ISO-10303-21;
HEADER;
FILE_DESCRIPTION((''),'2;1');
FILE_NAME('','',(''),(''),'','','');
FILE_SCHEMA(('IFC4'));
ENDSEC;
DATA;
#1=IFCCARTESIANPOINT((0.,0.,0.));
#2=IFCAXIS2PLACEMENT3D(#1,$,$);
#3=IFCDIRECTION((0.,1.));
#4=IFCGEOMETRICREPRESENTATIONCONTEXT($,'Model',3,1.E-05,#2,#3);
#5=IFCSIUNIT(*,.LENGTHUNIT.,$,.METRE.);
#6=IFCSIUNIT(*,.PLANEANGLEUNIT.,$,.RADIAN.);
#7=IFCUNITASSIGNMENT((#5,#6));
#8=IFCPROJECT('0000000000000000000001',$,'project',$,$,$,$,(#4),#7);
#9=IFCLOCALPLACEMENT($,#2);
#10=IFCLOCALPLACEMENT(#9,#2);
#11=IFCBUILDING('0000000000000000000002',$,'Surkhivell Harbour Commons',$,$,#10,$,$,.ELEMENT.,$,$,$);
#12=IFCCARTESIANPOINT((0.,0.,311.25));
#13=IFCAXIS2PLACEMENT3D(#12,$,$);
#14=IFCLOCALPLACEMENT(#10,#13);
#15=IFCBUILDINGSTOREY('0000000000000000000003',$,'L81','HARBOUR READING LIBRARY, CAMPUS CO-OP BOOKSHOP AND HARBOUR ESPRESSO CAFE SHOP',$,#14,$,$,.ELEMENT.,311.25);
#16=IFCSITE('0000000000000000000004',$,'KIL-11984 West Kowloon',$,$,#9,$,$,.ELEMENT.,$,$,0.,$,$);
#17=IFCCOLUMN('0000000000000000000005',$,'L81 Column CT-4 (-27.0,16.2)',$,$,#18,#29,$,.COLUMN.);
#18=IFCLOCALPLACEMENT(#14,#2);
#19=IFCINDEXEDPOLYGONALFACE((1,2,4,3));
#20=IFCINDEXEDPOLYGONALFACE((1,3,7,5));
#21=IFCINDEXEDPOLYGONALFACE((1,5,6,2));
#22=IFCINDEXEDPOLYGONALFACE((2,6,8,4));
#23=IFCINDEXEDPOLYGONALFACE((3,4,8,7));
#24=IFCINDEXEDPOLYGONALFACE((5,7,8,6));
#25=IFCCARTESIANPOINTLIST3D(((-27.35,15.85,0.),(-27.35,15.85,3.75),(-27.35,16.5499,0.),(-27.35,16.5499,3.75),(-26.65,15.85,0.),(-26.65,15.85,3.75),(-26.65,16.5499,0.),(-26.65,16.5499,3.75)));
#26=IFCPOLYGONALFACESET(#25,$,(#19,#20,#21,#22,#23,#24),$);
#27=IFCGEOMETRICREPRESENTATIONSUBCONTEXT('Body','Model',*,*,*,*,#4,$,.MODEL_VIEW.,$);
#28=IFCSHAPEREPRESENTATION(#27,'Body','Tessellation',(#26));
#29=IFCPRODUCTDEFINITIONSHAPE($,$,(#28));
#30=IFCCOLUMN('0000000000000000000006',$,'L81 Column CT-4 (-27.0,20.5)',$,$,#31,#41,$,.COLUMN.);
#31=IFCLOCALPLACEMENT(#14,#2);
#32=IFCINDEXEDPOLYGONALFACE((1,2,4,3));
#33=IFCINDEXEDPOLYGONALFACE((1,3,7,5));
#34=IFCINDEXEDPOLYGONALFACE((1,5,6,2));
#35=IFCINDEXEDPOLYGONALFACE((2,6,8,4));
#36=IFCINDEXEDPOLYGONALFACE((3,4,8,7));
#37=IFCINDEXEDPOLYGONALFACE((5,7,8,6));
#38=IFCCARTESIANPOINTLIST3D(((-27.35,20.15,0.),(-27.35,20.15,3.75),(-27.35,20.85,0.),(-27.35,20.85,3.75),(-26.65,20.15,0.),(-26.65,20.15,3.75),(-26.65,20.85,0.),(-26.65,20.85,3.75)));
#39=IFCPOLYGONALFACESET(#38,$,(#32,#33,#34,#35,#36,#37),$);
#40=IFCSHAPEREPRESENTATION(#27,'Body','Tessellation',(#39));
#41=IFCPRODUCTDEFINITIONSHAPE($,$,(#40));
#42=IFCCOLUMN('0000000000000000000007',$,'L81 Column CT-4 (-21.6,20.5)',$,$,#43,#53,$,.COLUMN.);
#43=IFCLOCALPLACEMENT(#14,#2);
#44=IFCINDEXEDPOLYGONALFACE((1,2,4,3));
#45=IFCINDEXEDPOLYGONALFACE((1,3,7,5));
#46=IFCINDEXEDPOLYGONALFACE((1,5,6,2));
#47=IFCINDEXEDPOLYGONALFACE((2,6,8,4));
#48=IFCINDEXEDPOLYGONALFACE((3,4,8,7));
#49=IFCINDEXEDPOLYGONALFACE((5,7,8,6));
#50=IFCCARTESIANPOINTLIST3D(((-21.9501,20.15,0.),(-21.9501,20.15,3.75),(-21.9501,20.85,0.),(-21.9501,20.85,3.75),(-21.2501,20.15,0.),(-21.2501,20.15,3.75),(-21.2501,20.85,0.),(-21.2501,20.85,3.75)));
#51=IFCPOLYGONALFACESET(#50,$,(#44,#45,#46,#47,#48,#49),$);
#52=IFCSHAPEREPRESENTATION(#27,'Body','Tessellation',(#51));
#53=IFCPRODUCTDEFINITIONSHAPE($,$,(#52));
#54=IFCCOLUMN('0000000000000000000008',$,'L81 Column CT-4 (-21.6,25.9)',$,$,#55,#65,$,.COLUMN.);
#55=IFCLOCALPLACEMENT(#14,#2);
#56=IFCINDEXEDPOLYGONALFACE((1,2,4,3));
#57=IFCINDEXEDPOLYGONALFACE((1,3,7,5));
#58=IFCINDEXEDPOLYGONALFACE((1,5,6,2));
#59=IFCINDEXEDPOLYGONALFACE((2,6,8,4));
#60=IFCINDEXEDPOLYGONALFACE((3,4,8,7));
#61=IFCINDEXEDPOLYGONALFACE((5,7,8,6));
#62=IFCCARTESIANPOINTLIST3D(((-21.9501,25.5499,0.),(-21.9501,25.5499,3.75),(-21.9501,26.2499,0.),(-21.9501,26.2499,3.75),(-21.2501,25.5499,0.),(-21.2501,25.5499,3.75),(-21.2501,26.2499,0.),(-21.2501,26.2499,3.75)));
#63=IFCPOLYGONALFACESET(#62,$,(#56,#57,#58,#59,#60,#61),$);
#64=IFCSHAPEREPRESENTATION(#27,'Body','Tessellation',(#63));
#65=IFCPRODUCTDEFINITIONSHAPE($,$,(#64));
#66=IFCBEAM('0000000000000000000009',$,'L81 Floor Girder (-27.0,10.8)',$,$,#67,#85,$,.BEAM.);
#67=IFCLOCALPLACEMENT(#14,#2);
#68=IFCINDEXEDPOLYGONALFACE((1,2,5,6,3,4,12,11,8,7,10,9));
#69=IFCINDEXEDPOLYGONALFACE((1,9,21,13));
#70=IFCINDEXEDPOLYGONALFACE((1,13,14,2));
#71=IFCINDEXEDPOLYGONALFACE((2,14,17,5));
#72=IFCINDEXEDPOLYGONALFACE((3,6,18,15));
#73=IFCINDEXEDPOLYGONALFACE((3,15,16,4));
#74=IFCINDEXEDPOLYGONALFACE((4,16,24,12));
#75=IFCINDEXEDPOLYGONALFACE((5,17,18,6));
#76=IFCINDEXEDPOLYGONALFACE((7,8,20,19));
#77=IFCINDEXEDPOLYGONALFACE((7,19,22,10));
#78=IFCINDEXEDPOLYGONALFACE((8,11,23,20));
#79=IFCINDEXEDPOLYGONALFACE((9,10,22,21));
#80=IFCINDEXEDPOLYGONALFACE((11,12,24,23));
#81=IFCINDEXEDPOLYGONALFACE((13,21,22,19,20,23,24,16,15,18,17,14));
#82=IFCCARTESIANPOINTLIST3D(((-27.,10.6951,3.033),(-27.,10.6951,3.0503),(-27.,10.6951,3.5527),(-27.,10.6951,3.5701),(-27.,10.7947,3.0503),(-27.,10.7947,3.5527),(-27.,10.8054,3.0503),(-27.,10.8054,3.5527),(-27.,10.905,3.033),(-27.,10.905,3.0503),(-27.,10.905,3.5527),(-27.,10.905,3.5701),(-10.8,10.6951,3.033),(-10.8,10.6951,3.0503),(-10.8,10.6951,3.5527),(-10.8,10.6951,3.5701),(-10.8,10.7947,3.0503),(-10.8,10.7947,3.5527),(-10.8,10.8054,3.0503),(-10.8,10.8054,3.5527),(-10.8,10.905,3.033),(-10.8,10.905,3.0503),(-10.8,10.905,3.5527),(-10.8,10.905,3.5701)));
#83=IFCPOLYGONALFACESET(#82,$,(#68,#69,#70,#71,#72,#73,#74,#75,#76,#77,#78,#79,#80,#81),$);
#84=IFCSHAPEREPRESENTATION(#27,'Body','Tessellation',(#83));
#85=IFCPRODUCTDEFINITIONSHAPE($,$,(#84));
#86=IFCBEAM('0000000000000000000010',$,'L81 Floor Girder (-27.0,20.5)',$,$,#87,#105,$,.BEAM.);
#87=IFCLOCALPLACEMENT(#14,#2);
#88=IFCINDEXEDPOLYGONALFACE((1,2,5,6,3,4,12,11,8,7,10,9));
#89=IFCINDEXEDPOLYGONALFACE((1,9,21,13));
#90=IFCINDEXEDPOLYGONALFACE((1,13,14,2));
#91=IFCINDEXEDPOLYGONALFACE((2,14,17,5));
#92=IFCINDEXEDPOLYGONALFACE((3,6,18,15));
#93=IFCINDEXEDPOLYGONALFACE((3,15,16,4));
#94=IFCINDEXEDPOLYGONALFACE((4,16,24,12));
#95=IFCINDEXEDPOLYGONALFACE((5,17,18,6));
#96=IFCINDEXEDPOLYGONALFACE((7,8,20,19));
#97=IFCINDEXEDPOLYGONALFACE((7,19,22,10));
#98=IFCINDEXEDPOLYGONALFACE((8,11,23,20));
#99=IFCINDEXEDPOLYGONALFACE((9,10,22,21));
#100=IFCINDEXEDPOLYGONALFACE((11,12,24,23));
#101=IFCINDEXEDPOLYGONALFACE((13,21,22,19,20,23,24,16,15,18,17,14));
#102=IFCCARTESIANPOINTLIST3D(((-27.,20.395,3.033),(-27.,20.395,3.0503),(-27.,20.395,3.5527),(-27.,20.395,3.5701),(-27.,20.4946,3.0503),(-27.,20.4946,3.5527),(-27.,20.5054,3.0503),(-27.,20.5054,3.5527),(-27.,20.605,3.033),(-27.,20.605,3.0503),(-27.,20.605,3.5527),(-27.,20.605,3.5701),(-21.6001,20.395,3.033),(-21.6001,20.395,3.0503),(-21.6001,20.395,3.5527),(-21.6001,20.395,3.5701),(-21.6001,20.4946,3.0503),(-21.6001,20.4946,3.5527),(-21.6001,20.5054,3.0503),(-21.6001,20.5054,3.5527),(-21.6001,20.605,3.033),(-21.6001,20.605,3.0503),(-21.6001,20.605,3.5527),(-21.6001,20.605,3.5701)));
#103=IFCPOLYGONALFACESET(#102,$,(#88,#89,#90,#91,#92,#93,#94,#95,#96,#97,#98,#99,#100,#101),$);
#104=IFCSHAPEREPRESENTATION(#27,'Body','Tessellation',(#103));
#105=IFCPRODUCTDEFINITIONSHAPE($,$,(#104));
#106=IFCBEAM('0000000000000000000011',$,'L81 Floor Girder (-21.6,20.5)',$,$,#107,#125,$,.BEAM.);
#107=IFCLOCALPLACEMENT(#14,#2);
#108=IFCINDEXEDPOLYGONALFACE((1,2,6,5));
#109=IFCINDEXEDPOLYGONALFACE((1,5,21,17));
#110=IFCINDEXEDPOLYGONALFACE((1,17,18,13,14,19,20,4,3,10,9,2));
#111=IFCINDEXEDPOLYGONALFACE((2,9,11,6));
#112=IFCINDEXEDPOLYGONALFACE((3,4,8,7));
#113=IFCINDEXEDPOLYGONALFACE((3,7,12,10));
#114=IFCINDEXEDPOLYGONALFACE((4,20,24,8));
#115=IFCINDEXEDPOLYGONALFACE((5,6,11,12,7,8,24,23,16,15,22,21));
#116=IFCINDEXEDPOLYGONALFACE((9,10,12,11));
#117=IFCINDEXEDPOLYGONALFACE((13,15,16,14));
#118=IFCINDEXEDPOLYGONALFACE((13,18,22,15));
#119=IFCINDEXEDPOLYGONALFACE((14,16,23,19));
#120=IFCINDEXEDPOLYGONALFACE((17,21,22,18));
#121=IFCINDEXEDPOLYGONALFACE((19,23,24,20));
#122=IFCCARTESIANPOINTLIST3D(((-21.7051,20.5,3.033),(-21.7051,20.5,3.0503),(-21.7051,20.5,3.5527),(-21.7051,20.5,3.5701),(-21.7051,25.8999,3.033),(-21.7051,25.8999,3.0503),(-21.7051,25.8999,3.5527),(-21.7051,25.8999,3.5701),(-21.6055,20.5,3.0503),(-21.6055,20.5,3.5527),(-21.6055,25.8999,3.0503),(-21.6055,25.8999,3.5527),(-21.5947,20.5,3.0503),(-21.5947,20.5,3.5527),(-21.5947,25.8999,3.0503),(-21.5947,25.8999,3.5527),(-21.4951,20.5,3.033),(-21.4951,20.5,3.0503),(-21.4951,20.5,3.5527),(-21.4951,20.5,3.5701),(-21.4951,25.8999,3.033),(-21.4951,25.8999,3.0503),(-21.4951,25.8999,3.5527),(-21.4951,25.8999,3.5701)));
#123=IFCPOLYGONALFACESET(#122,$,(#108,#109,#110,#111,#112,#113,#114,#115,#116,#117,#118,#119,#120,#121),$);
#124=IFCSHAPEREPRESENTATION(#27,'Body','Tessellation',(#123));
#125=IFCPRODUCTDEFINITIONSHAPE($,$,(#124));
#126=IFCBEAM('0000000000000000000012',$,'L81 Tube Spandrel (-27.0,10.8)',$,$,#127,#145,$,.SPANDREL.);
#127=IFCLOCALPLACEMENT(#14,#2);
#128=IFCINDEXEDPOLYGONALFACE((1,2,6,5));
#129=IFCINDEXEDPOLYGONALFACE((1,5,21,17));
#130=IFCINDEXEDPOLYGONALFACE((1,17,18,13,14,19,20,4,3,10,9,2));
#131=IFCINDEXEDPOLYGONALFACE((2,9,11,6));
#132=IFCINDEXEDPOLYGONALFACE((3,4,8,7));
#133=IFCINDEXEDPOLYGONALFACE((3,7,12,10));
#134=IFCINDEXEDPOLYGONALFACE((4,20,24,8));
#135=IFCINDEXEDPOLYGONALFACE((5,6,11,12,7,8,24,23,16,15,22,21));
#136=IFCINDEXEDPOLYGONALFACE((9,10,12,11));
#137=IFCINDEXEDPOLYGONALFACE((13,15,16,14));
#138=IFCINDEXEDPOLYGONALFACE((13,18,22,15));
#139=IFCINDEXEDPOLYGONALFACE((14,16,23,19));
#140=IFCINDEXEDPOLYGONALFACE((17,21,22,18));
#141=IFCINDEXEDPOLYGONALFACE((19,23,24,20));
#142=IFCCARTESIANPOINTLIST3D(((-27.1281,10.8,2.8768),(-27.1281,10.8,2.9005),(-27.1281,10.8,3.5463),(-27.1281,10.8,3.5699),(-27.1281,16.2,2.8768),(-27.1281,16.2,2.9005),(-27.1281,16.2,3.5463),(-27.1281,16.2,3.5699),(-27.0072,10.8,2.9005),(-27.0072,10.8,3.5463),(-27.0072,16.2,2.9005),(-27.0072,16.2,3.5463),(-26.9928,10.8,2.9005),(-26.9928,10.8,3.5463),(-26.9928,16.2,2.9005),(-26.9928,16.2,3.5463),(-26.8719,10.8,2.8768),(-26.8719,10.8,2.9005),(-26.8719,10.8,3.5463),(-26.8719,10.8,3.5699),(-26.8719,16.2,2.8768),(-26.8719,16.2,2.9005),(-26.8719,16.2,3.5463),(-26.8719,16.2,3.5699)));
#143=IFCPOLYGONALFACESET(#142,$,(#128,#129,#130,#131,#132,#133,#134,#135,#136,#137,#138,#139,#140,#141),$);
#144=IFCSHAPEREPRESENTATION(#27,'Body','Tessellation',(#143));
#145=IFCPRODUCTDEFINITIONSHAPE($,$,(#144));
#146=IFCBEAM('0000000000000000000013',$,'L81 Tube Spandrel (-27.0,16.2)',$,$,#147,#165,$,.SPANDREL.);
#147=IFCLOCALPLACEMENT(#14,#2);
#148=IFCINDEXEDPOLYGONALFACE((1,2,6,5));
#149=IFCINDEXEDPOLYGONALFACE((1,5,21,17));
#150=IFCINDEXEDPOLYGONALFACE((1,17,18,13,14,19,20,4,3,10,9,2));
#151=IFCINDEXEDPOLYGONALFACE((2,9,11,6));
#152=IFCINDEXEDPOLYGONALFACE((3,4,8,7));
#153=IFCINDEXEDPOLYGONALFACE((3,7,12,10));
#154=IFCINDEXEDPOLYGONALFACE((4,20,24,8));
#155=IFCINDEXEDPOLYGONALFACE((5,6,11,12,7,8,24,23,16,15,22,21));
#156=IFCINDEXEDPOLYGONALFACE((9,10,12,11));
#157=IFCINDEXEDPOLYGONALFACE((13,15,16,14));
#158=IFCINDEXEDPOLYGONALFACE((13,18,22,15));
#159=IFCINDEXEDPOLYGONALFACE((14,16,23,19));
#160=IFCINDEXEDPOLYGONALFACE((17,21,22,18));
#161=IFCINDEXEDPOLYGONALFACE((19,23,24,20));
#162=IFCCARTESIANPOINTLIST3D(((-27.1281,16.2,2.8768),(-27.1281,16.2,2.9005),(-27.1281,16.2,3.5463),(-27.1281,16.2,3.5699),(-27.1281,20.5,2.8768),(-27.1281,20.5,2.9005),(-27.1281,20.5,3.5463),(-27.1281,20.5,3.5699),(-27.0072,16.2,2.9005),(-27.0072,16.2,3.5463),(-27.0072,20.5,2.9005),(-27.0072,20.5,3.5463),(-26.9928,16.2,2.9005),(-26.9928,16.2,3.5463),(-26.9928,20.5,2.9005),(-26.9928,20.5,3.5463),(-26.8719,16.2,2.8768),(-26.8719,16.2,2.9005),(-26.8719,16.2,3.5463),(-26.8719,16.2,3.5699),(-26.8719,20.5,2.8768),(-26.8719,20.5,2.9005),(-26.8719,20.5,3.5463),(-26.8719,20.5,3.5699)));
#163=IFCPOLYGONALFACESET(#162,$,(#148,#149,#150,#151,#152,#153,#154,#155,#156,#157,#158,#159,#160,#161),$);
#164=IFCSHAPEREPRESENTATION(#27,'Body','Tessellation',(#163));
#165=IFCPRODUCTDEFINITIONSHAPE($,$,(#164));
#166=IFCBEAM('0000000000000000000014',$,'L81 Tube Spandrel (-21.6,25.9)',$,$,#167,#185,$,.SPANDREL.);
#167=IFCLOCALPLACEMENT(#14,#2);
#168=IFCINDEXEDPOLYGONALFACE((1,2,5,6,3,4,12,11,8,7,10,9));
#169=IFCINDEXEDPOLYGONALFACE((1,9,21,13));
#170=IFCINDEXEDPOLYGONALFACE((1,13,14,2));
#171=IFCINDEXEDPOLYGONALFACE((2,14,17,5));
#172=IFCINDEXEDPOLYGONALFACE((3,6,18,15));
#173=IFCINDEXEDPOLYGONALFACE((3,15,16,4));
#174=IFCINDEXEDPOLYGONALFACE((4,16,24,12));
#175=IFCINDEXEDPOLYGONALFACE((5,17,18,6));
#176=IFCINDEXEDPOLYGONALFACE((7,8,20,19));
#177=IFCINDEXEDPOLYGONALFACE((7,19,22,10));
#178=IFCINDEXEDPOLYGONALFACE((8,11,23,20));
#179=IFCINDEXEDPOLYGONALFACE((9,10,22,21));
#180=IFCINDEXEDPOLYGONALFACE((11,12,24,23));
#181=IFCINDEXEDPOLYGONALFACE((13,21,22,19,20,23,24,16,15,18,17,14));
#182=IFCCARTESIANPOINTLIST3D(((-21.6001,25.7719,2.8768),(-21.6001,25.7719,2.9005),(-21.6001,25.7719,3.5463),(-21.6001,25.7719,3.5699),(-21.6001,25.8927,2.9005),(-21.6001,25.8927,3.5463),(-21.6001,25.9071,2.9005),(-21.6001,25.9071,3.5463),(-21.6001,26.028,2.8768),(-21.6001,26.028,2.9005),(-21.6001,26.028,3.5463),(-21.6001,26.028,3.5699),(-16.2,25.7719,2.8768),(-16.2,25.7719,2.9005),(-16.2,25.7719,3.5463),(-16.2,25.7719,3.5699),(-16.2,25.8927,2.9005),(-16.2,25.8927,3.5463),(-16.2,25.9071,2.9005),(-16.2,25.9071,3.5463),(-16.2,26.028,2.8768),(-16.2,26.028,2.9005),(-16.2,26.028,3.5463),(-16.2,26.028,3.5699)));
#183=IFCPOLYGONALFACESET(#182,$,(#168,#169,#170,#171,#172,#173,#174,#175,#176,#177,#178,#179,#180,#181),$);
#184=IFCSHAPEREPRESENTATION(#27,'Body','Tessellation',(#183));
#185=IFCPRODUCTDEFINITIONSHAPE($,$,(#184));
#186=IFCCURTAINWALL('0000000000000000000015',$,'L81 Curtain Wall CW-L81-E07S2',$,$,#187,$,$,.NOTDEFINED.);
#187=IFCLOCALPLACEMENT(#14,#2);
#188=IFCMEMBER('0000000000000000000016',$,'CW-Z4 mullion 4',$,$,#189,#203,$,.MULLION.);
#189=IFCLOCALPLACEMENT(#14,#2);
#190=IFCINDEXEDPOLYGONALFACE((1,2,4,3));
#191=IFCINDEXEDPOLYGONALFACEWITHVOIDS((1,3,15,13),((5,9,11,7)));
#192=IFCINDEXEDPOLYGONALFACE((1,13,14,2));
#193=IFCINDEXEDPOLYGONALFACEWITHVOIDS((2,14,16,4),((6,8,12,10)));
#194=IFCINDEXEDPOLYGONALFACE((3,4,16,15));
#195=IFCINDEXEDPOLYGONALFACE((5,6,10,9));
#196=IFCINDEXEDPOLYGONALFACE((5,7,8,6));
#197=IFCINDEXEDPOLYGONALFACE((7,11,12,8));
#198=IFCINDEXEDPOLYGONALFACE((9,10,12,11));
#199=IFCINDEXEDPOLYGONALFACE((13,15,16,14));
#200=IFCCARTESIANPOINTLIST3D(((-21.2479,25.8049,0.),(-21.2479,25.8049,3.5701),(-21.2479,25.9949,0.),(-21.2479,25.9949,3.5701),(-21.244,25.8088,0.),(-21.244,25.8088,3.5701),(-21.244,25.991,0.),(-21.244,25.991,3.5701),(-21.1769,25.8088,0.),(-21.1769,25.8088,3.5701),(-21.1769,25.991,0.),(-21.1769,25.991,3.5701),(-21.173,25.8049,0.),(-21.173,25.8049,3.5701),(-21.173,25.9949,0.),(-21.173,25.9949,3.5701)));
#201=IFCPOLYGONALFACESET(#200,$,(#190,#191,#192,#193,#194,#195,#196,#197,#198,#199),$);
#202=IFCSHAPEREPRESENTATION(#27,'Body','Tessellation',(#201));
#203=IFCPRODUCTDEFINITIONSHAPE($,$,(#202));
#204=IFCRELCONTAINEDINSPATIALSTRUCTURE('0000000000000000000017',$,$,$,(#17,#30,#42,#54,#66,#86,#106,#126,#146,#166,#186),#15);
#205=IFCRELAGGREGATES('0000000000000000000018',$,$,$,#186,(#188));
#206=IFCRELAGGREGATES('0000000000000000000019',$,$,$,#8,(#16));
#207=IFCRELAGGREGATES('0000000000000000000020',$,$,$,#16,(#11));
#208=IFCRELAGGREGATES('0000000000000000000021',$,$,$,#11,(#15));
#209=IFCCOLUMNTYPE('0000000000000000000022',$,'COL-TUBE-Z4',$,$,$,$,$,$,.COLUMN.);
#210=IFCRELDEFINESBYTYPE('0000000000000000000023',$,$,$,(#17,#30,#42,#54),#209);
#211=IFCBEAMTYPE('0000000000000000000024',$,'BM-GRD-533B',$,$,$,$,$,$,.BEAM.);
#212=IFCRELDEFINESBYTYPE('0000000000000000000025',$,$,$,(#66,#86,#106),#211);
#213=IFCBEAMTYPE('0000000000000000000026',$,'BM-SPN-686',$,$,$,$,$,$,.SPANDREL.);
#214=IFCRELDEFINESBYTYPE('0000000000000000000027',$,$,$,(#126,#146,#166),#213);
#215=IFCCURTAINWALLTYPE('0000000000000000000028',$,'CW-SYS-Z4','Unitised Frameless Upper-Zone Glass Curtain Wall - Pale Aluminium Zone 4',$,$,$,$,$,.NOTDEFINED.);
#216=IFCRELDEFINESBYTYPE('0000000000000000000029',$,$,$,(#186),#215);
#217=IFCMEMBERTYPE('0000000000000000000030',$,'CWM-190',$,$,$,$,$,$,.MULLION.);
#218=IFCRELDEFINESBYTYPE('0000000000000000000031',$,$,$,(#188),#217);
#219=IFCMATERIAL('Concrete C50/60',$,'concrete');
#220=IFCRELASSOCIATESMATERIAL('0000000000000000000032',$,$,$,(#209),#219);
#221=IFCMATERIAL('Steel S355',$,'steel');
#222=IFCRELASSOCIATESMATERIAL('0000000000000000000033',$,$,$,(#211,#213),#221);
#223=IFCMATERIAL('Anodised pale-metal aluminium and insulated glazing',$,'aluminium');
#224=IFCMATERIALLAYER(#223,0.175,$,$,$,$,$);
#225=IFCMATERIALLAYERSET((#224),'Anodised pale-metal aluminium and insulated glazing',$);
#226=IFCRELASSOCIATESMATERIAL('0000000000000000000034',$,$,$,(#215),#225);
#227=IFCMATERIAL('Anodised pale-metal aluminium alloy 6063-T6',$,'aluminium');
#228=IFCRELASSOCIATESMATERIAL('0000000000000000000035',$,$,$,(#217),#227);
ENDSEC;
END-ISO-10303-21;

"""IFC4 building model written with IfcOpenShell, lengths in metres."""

from ifc_helpers import new_model, si_unit, direction, frame, origin, origin_2d, place, context, subcontext, project, spatial, rectangle, hollow_rectangle, i_section, extrude, material, layer, layer_set, material_profile, profile_set, type_object, element, aggregate, save


model = new_model("IFC4")

# Units and contexts
model_context = context("Model", 3, precision=1e-05, world=origin(), true_north=direction((0.0, 1.0)))
body_context = subcontext(model_context, "Body", "Model", "MODEL_VIEW")
ifc_project = project(units=[si_unit("LENGTHUNIT", "METRE"), si_unit("PLANEANGLEUNIT", "RADIAN")], contexts=[model_context])

# Site, building, storey
site_placement = place(None, origin())
site = spatial("IfcSite", under=ifc_project, at=site_placement, Name="KIL-11984 West Kowloon", CompositionType="ELEMENT", RefElevation=0.0)
building_placement = place(site_placement, origin())
building = spatial("IfcBuilding", under=site, at=building_placement, Name="Surkhivell Harbour Commons", CompositionType="ELEMENT")
storey_placement = place(building_placement, frame((0.0, 0.0, 311.25)))
storey = spatial("IfcBuildingStorey", under=building, at=storey_placement, Name="L81", Description="HARBOUR READING LIBRARY, CAMPUS CO-OP BOOKSHOP AND HARBOUR ESPRESSO CAFE SHOP", CompositionType="ELEMENT", Elevation=311.25)

# Columns
ifc_material_1 = material(Name="Concrete C50/60", Category="concrete")
ifc_material_profile_1 = material_profile(ifc_material_1, rectangle(XDim=0.7, YDim=0.7, at=origin_2d()), Name="RC-COL-700x700")
ifc_profile_set_1 = profile_set([ifc_material_profile_1], Name="Concrete C50/60")
column_type = type_object("IfcColumnType", Name="COL-TUBE-Z4", PredefinedType="COLUMN", material=ifc_profile_set_1)
for number, where, z_axis, x_axis, name in (
    (1, (-27.0, 16.2, 0.0), (0.0, 0.0, 1.0), (1.0, 0.0, 0.0), "L81 Column CT-4 (-27.0,16.2)"),
    (2, (-27.0, 20.5, 0.0), (0.0, 0.0, 1.0), (1.0, 0.0, 0.0), "L81 Column CT-4 (-27.0,20.5)"),
    (3, (-21.6001, 20.5, 0.0), (0.0, 0.0, 1.0), (1.0, 0.0, 0.0), "L81 Column CT-4 (-21.6,20.5)"),
    (4, (-21.6001, 25.8999, 0.0), (0.0, 0.0, 1.0), (1.0, 0.0, 0.0), "L81 Column CT-4 (-21.6,25.9)"),
):
    element("IfcColumn", number, at=place(storey_placement, frame(where, z_axis=z_axis, x_axis=x_axis)), inside=storey, type_object=column_type, Name=name, PredefinedType="COLUMN", context=body_context, shape_type="SweptSolid", body=[
        extrude(rectangle(XDim=0.7, YDim=0.7, at=origin_2d()), origin(), (0.0, 0.0, 1.0), 3.75),
    ])

# Beams
ifc_material_2 = material(Name="Steel S355", Category="steel")
ifc_material_profile_2 = material_profile(ifc_material_2, i_section(OverallWidth=0.21, OverallDepth=0.5371, WebThickness=0.0107, FlangeThickness=0.0173, at=origin_2d()), Name="UB533x210x101")
ifc_profile_set_2 = profile_set([ifc_material_profile_2], Name="Steel S355")
beam_type_1 = type_object("IfcBeamType", Name="BM-GRD-533B", PredefinedType="BEAM", material=ifc_profile_set_2)
beam_1_placement = place(storey_placement, frame((-27.0, 10.8, 3.3015), z_axis=(1.0, 0.0, 0.0), x_axis=(0.0, 1.0, 0.0)))
element("IfcBeam", 5, at=beam_1_placement, inside=storey, type_object=beam_type_1, Name="L81 Floor Girder (-27.0,10.8)", PredefinedType="BEAM", context=body_context, shape_type="SweptSolid", body=[
    extrude(i_section(OverallWidth=0.21, OverallDepth=0.5371, WebThickness=0.0107, FlangeThickness=0.0173, at=origin_2d()), origin(), (0.0, 0.0, 1.0), 16.2),
])
for number, where, z_axis, x_axis, name in (
    (6, (-27.0, 20.5, 3.3015), (1.0, 0.0, 0.0), (0.0, 1.0, 0.0), "L81 Floor Girder (-27.0,20.5)"),
    (7, (-21.6001, 20.5, 3.3015), (0.0, 1.0, 0.0), (-1.0, 0.0, 0.0), "L81 Floor Girder (-21.6,20.5)"),
):
    element("IfcBeam", number, at=place(storey_placement, frame(where, z_axis=z_axis, x_axis=x_axis)), inside=storey, type_object=beam_type_1, Name=name, PredefinedType="BEAM", context=body_context, shape_type="SweptSolid", body=[
        extrude(i_section(OverallWidth=0.21, OverallDepth=0.5371, WebThickness=0.0107, FlangeThickness=0.0173, at=origin_2d()), origin(), (0.0, 0.0, 1.0), 5.3999),
    ])
ifc_material_profile_3 = material_profile(ifc_material_2, i_section(OverallWidth=0.2561, OverallDepth=0.6931, WebThickness=0.0144, FlangeThickness=0.0237, at=origin_2d()), Name="UB686x254x170")
ifc_profile_set_3 = profile_set([ifc_material_profile_3], Name="Steel S355")
beam_type_2 = type_object("IfcBeamType", Name="BM-SPN-686", PredefinedType="SPANDREL", material=ifc_profile_set_3)
beam_2_placement = place(storey_placement, frame((-27.0, 10.8, 3.2234), z_axis=(0.0, 1.0, 0.0), x_axis=(-1.0, 0.0, 0.0)))
element("IfcBeam", 8, at=beam_2_placement, inside=storey, type_object=beam_type_2, Name="L81 Tube Spandrel (-27.0,10.8)", PredefinedType="SPANDREL", context=body_context, shape_type="SweptSolid", body=[
    extrude(i_section(OverallWidth=0.2561, OverallDepth=0.6931, WebThickness=0.0144, FlangeThickness=0.0237, at=origin_2d()), origin(), (0.0, 0.0, 1.0), 5.3999),
])
beam_3_placement = place(storey_placement, frame((-27.0, 16.2, 3.2234), z_axis=(0.0, 1.0, 0.0), x_axis=(-1.0, 0.0, 0.0)))
element("IfcBeam", 9, at=beam_3_placement, inside=storey, type_object=beam_type_2, Name="L81 Tube Spandrel (-27.0,16.2)", PredefinedType="SPANDREL", context=body_context, shape_type="SweptSolid", body=[
    extrude(i_section(OverallWidth=0.2561, OverallDepth=0.6931, WebThickness=0.0144, FlangeThickness=0.0237, at=origin_2d()), origin(), (0.0, 0.0, 1.0), 4.3),
])
beam_4_placement = place(storey_placement, frame((-21.6001, 25.8999, 3.2234), z_axis=(1.0, 0.0, 0.0), x_axis=(0.0, 1.0, 0.0)))
element("IfcBeam", 10, at=beam_4_placement, inside=storey, type_object=beam_type_2, Name="L81 Tube Spandrel (-21.6,25.9)", PredefinedType="SPANDREL", context=body_context, shape_type="SweptSolid", body=[
    extrude(i_section(OverallWidth=0.2561, OverallDepth=0.6931, WebThickness=0.0144, FlangeThickness=0.0237, at=origin_2d()), origin(), (0.0, 0.0, 1.0), 5.4001),
])

# Curtain wall, member
ifc_material_3 = material(Name="Anodised pale-metal aluminium and insulated glazing", Category="aluminium")
ifc_layer_1 = layer(ifc_material_3, 0.175)
ifc_layer_set_1 = layer_set([ifc_layer_1], Name="Anodised pale-metal aluminium and insulated glazing")
curtain_wall_type = type_object("IfcCurtainWallType", Name="CW-SYS-Z4", Description="Unitised Frameless Upper-Zone Glass Curtain Wall - Pale Aluminium Zone 4", PredefinedType="NOTDEFINED", material=ifc_layer_set_1)
curtain_wall_1_placement = place(storey_placement, origin())
curtain_wall_1 = element("IfcCurtainWall", 11, at=curtain_wall_1_placement, inside=storey, type_object=curtain_wall_type, Name="L81 Curtain Wall CW-L81-E07S2", PredefinedType="NOTDEFINED")
ifc_material_4 = material(Name="Anodised pale-metal aluminium alloy 6063-T6", Category="aluminium")
ifc_material_profile_4 = material_profile(ifc_material_4, hollow_rectangle(XDim=0.075, YDim=0.1899, WallThickness=0.0039, at=origin_2d()), Name="ALU-MULL-75x190")
ifc_profile_set_4 = profile_set([ifc_material_profile_4], Name="Anodised pale-metal aluminium alloy 6063-T6")
member_type_1 = type_object("IfcMemberType", Name="CWM-190", PredefinedType="MULLION", material=ifc_profile_set_4)
member_1_placement = place(storey_placement, frame((-21.2104, 25.8999, 0.0), z_axis=(0.0, 0.0, 1.0), x_axis=(-1.0, 0.0, 0.0)))
member_1 = element("IfcMember", 12, at=member_1_placement, type_object=member_type_1, Name="CW-Z4 mullion 4", PredefinedType="MULLION", context=body_context, shape_type="SweptSolid", body=[
    extrude(hollow_rectangle(XDim=0.075, YDim=0.1899, WallThickness=0.0039, at=origin_2d()), origin(), (0.0, 0.0, 1.0), 3.5701),
])
aggregate(curtain_wall_1, [member_1])

save(model, "model.ifc")
